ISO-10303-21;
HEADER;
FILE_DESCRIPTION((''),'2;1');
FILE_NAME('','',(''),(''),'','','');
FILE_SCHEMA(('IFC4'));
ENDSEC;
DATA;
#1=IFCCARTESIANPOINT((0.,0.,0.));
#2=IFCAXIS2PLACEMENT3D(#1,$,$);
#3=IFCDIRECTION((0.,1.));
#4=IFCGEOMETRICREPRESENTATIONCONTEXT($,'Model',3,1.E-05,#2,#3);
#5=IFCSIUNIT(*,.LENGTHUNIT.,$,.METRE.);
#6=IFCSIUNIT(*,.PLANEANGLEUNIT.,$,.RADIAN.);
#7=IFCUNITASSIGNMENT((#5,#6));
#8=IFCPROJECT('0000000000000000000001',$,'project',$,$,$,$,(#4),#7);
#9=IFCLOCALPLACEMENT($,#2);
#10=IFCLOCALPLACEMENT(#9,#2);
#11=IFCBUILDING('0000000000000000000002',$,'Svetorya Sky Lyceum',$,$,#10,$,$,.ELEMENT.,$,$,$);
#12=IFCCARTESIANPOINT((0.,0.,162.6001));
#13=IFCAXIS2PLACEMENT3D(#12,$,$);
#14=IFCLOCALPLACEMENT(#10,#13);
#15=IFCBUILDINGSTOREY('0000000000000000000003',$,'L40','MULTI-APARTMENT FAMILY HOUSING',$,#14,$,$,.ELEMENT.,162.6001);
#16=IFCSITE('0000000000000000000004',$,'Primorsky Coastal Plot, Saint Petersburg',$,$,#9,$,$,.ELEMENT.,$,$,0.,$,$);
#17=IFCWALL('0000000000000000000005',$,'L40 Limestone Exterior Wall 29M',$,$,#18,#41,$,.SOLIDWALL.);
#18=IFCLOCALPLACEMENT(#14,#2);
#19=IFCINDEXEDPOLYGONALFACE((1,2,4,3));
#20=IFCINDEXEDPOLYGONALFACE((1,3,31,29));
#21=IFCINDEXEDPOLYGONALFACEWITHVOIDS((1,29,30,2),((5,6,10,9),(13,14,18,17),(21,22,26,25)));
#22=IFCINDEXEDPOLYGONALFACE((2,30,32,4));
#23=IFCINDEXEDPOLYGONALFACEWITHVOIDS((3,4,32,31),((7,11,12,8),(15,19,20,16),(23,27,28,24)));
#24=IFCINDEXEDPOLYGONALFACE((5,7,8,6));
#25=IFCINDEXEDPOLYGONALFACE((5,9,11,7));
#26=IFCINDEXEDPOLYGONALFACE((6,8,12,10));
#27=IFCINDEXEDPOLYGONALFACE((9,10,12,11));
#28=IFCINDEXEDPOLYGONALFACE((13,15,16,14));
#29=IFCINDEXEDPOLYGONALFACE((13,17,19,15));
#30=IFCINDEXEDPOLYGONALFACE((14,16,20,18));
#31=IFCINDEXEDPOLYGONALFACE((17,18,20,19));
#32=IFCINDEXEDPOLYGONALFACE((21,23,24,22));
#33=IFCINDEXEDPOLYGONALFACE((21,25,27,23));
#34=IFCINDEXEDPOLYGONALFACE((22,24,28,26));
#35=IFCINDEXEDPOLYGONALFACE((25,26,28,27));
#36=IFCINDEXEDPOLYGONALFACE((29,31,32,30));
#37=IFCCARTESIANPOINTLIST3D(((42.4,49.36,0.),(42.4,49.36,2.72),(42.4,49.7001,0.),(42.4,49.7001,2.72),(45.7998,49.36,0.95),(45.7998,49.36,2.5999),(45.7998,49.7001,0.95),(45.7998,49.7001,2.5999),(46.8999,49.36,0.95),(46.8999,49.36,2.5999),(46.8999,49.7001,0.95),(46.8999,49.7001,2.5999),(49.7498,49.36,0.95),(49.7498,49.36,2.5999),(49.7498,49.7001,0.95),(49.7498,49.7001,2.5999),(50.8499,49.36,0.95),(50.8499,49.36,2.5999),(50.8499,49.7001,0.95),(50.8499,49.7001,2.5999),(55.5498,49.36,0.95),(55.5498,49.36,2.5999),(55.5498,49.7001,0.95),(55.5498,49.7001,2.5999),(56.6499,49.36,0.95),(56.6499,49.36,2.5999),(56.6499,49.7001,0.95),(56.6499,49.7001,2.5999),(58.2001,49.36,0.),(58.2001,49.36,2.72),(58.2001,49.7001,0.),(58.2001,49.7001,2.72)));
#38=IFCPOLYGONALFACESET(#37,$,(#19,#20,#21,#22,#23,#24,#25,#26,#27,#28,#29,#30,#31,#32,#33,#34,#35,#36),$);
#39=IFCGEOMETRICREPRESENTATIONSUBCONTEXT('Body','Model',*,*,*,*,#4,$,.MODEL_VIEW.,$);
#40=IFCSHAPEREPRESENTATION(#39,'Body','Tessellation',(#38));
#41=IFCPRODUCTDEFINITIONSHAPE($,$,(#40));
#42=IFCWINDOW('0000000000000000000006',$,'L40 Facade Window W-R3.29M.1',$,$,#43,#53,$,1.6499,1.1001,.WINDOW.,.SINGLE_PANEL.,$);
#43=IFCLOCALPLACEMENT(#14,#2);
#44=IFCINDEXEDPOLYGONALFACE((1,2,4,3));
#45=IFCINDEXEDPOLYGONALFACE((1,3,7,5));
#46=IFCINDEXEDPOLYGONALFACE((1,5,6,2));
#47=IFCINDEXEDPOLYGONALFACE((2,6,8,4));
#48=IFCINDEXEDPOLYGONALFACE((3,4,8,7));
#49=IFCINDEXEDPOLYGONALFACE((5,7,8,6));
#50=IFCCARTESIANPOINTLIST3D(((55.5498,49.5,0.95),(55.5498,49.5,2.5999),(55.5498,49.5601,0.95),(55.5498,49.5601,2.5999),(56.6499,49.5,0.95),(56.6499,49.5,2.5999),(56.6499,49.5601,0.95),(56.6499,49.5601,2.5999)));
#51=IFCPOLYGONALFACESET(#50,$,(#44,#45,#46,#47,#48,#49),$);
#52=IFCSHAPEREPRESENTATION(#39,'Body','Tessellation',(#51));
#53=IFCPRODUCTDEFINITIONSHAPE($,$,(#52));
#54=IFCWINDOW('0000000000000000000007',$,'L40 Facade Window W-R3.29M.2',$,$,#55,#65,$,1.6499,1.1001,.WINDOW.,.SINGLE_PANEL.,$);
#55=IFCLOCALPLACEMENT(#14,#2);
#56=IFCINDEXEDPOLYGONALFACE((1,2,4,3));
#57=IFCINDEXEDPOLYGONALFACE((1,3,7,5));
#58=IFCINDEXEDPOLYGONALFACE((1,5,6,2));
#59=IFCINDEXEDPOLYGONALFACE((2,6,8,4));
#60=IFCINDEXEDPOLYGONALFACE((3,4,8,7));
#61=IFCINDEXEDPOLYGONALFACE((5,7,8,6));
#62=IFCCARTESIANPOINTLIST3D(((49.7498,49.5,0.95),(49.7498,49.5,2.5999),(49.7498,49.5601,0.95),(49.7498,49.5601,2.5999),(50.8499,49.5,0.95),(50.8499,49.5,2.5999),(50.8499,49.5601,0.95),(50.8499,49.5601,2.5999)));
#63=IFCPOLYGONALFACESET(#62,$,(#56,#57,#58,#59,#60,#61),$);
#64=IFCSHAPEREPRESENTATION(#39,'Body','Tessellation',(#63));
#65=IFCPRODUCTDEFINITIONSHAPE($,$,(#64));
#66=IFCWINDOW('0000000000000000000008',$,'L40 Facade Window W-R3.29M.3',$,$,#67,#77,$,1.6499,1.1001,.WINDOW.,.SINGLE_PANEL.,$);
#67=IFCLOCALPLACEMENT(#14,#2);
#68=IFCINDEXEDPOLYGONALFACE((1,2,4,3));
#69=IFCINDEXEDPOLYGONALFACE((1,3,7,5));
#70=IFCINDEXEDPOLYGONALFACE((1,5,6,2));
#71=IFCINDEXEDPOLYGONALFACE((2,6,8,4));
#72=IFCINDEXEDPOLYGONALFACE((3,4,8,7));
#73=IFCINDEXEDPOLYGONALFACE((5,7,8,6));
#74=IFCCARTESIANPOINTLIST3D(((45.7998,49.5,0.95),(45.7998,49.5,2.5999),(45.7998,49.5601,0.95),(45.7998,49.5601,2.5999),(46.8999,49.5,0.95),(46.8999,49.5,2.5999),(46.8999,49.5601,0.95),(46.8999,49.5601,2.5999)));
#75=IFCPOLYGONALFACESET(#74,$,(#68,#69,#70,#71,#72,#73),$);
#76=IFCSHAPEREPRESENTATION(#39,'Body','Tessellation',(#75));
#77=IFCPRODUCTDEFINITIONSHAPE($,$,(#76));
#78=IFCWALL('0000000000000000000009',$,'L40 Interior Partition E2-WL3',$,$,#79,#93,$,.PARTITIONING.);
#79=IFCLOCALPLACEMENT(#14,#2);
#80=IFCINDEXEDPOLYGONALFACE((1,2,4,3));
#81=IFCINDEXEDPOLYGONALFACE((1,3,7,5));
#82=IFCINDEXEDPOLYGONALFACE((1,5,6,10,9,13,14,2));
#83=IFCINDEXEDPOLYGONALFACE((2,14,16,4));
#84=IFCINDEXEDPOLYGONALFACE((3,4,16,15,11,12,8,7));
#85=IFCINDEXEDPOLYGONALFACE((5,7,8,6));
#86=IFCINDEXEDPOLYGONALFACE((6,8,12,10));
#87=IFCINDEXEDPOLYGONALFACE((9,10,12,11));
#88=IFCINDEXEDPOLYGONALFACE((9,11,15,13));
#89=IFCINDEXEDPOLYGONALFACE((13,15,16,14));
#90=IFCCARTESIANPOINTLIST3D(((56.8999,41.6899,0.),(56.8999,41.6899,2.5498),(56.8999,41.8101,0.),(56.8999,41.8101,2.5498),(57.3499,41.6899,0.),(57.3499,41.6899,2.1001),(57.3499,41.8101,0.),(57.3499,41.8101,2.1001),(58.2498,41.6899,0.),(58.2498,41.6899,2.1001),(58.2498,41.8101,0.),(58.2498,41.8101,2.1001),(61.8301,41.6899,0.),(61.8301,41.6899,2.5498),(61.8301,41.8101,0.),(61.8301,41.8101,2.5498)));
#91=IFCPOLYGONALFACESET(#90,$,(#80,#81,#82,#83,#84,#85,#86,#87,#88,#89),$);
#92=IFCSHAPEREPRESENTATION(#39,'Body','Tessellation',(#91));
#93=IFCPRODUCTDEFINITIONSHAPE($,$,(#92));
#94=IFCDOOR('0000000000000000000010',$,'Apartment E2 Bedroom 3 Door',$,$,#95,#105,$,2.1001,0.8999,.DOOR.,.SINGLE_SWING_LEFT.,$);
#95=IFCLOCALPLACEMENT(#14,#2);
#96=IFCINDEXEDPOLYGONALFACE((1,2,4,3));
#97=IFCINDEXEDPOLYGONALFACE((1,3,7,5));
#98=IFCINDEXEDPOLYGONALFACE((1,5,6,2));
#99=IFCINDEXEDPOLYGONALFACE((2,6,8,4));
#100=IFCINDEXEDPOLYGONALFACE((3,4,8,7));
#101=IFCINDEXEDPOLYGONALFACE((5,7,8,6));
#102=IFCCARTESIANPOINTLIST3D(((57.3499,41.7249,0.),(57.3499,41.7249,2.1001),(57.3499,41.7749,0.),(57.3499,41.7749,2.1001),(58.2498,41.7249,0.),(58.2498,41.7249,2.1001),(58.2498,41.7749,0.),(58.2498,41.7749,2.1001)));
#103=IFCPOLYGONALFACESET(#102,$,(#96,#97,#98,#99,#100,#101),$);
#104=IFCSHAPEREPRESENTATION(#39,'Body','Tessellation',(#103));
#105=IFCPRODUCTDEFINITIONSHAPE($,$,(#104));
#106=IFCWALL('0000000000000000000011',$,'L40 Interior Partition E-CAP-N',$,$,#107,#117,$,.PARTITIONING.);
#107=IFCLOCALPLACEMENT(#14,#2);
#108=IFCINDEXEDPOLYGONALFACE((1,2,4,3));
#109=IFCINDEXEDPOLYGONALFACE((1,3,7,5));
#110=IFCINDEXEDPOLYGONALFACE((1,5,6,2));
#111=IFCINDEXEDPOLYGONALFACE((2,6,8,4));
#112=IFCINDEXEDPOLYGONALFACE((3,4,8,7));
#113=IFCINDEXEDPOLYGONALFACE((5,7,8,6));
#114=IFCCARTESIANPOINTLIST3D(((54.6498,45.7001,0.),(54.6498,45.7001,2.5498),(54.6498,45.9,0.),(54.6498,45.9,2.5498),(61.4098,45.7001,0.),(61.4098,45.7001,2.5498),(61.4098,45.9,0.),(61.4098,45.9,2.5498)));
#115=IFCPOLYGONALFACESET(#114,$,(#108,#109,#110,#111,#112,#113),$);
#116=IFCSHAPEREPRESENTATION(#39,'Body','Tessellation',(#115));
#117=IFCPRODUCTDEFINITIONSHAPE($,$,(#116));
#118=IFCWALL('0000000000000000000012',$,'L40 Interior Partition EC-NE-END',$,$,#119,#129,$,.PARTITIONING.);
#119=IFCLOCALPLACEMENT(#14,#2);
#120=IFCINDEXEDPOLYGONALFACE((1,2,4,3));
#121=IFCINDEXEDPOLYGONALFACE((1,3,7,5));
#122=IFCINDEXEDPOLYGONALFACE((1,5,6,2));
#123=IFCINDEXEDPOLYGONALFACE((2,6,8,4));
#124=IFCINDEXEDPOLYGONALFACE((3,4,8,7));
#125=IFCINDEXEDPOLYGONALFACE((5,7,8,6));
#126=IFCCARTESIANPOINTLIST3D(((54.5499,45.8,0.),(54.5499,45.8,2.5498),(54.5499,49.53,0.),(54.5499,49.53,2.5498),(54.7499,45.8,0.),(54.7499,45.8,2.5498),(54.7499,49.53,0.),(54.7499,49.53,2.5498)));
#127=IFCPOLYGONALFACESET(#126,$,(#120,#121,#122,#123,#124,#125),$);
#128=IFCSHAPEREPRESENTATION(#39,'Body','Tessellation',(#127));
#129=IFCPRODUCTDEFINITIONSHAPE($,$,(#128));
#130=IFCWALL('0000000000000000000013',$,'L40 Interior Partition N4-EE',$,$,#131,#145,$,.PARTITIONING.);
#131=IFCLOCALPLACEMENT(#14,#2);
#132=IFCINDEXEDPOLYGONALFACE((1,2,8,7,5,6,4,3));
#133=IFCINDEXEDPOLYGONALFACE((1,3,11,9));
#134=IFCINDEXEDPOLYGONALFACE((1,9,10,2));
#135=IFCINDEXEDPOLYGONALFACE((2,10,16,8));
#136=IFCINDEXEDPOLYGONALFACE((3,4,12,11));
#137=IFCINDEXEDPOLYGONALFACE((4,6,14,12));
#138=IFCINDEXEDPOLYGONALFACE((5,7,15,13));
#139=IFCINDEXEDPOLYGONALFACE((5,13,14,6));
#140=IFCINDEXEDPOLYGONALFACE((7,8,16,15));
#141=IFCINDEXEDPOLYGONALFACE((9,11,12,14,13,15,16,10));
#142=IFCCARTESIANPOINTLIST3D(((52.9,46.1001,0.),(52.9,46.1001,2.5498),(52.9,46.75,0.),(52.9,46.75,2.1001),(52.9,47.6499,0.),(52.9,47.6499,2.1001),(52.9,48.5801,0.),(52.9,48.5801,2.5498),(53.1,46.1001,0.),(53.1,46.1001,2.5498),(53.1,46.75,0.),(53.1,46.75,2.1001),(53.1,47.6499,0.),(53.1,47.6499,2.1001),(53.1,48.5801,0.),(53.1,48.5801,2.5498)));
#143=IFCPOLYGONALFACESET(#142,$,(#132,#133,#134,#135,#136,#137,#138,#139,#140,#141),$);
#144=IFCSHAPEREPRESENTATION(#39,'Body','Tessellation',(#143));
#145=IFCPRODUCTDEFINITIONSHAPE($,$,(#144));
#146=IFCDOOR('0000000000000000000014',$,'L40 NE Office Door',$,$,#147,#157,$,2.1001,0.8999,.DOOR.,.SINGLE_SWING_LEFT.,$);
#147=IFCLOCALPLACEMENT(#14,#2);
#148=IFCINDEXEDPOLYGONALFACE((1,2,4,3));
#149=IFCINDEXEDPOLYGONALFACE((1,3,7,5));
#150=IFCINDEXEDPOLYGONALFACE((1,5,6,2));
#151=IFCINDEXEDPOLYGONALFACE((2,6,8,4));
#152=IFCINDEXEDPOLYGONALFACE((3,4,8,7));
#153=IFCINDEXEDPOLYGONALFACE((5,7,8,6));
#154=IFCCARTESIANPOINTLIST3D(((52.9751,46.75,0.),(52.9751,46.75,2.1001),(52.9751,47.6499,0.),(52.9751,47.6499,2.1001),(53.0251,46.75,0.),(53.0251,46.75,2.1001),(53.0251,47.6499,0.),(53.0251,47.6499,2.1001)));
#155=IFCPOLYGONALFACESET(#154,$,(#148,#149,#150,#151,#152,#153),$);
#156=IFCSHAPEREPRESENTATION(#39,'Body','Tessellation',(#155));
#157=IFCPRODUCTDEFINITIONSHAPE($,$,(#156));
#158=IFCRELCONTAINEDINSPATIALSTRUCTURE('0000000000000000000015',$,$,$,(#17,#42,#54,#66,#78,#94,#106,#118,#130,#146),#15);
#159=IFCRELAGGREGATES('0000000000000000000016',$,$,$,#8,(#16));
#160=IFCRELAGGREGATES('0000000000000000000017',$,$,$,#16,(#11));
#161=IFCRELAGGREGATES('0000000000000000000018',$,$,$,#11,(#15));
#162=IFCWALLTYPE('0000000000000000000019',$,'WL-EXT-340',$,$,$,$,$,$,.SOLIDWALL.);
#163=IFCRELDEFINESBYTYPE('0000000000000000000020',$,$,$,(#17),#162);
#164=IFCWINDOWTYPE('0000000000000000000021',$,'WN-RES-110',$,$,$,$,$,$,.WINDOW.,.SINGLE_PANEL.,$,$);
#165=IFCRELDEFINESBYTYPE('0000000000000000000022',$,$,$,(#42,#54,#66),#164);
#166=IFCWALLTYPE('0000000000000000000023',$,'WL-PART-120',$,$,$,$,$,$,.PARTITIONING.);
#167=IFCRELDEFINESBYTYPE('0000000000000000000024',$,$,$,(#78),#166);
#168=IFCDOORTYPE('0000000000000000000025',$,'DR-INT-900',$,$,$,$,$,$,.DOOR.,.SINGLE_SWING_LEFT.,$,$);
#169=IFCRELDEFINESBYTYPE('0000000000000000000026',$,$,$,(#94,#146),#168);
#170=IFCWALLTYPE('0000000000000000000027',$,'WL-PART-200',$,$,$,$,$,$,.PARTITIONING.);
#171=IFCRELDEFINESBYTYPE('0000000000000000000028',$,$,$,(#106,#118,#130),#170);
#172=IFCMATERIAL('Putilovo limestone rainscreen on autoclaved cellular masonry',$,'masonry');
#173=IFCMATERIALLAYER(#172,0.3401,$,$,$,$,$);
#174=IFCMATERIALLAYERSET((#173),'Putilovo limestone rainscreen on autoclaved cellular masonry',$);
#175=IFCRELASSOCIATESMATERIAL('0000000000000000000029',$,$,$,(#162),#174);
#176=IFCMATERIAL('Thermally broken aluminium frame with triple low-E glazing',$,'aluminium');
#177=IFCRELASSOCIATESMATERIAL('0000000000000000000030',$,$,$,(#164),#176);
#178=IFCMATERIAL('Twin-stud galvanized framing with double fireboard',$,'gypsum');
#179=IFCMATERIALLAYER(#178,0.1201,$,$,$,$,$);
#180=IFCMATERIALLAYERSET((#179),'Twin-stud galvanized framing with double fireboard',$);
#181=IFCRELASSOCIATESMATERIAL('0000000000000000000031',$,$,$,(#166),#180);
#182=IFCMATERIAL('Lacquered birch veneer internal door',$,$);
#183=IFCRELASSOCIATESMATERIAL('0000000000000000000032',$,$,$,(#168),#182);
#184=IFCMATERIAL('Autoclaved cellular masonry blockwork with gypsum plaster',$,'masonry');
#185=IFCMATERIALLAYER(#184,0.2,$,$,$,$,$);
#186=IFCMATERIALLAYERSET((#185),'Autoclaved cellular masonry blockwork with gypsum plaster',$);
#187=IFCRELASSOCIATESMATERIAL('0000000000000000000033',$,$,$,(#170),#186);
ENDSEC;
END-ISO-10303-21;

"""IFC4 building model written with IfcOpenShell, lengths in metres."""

from ifc_helpers import new_model, si_unit, direction, frame, frame_2d, origin, place, context, subcontext, project, spatial, rectangle, extrude, material, layer, layer_set, type_object, element, fill, save


model = new_model("IFC4")

# Units and contexts
model_context = context("Model", 3, precision=1e-05, world=origin(), true_north=direction((0.0, 1.0)))
body_context = subcontext(model_context, "Body", "Model", "MODEL_VIEW")
ifc_project = project(units=[si_unit("LENGTHUNIT", "METRE"), si_unit("PLANEANGLEUNIT", "RADIAN")], contexts=[model_context])

# Site, building, storey
site_placement = place(None, origin())
site = spatial("IfcSite", under=ifc_project, at=site_placement, Name="Primorsky Coastal Plot, Saint Petersburg", CompositionType="ELEMENT", RefElevation=0.0)
building_placement = place(site_placement, origin())
building = spatial("IfcBuilding", under=site, at=building_placement, Name="Svetorya Sky Lyceum", CompositionType="ELEMENT")
storey_placement = place(building_placement, frame((0.0, 0.0, 162.6001)))
storey = spatial("IfcBuildingStorey", under=building, at=storey_placement, Name="L40", Description="MULTI-APARTMENT FAMILY HOUSING", CompositionType="ELEMENT", Elevation=162.6001)

# Shared definitions
ifc_material_1 = material(Name="Putilovo limestone rainscreen on autoclaved cellular masonry", Category="masonry")
ifc_layer_1 = layer(ifc_material_1, 0.3401)
ifc_layer_set_1 = layer_set([ifc_layer_1], Name="Putilovo limestone rainscreen on autoclaved cellular masonry")
wall_type_1 = type_object("IfcWallType", Name="WL-EXT-340", PredefinedType="SOLIDWALL", material=ifc_layer_set_1)

# Wall, openings, windows
wall_1_placement = place(storey_placement, frame((58.2, 49.53, 0.0), z_axis=(0.0, 0.0, 1.0), x_axis=(-1.0, 0.0, 0.0)))
wall_1 = element("IfcWall", 1, at=wall_1_placement, inside=storey, type_object=wall_type_1, Name="L40 Limestone Exterior Wall 29M", PredefinedType="SOLIDWALL", context=body_context, shape_type="SweptSolid", body=[
    extrude(rectangle(XDim=15.8, YDim=0.3401, at=frame_2d((7.8999, 0.0))), origin(), (0.0, 0.0, 1.0), 2.72),
])
opening_1_placement = place(wall_1_placement, frame((1.55, 0.0, 0.95)))
opening_1 = element("IfcOpeningElement", 2, at=opening_1_placement, cuts=wall_1, PredefinedType="OPENING", context=body_context, shape_type="SweptSolid", body=[
    extrude(rectangle(XDim=1.1001, YDim=1.6499, at=frame_2d((0.55, 0.825))), frame((0.0, 0.1799, 0.0), z_axis=(0.0, -1.0, 0.0), x_axis=(1.0, 0.0, 0.0)), (0.0, 0.0, 1.0), 0.3601),
])
opening_2_placement = place(wall_1_placement, frame((7.3501, 0.0, 0.95)))
opening_2 = element("IfcOpeningElement", 3, at=opening_2_placement, cuts=wall_1, PredefinedType="OPENING", context=body_context, shape_type="SweptSolid", body=[
    extrude(rectangle(XDim=1.1001, YDim=1.6499, at=frame_2d((0.55, 0.825))), frame((0.0, 0.1799, 0.0), z_axis=(0.0, -1.0, 0.0), x_axis=(1.0, 0.0, 0.0)), (0.0, 0.0, 1.0), 0.3601),
])
opening_3_placement = place(wall_1_placement, frame((11.3, 0.0, 0.95)))
opening_3 = element("IfcOpeningElement", 4, at=opening_3_placement, cuts=wall_1, PredefinedType="OPENING", context=body_context, shape_type="SweptSolid", body=[
    extrude(rectangle(XDim=1.1001, YDim=1.6499, at=frame_2d((0.55, 0.825))), frame((0.0, 0.1799, 0.0), z_axis=(0.0, -1.0, 0.0), x_axis=(1.0, 0.0, 0.0)), (0.0, 0.0, 1.0), 0.3601),
])
ifc_material_2 = material(Name="Thermally broken aluminium frame with triple low-E glazing", Category="aluminium")
window_type = type_object("IfcWindowType", Name="WN-RES-110", PartitioningType="SINGLE_PANEL", PredefinedType="WINDOW", material=ifc_material_2)
window_1_placement = place(opening_1_placement, origin())
window_1 = element("IfcWindow", 5, at=window_1_placement, inside=storey, type_object=window_type, Name="L40 Facade Window W-R3.29M.1", OverallHeight=1.6499, OverallWidth=1.1001, PartitioningType="SINGLE_PANEL", PredefinedType="WINDOW", context=body_context, shape_type="SweptSolid", body=[
    extrude(rectangle(XDim=1.1001, YDim=1.6499, at=frame_2d((0.55, 0.825))), frame((0.0, 0.03, 0.0), z_axis=(0.0, -1.0, 0.0), x_axis=(1.0, 0.0, 0.0)), (0.0, 0.0, 1.0), 0.0601),
])
fill(opening_1, window_1)
window_2_placement = place(opening_2_placement, origin())
window_2 = element("IfcWindow", 6, at=window_2_placement, inside=storey, type_object=window_type, Name="L40 Facade Window W-R3.29M.2", OverallHeight=1.6499, OverallWidth=1.1001, PartitioningType="SINGLE_PANEL", PredefinedType="WINDOW", context=body_context, shape_type="SweptSolid", body=[
    extrude(rectangle(XDim=1.1001, YDim=1.6499, at=frame_2d((0.55, 0.825))), frame((0.0, 0.03, 0.0), z_axis=(0.0, -1.0, 0.0), x_axis=(1.0, 0.0, 0.0)), (0.0, 0.0, 1.0), 0.0601),
])
fill(opening_2, window_2)
window_3_placement = place(opening_3_placement, origin())
window_3 = element("IfcWindow", 7, at=window_3_placement, inside=storey, type_object=window_type, Name="L40 Facade Window W-R3.29M.3", OverallHeight=1.6499, OverallWidth=1.1001, PartitioningType="SINGLE_PANEL", PredefinedType="WINDOW", context=body_context, shape_type="SweptSolid", body=[
    extrude(rectangle(XDim=1.1001, YDim=1.6499, at=frame_2d((0.55, 0.825))), frame((0.0, 0.03, 0.0), z_axis=(0.0, -1.0, 0.0), x_axis=(1.0, 0.0, 0.0)), (0.0, 0.0, 1.0), 0.0601),
])
fill(opening_3, window_3)

# Wall, opening, door
ifc_material_3 = material(Name="Twin-stud galvanized framing with double fireboard", Category="gypsum")
ifc_layer_2 = layer(ifc_material_3, 0.1201)
ifc_layer_set_2 = layer_set([ifc_layer_2], Name="Twin-stud galvanized framing with double fireboard")
wall_type_2 = type_object("IfcWallType", Name="WL-PART-120", PredefinedType="PARTITIONING", material=ifc_layer_set_2)
wall_2_placement = place(storey_placement, frame((56.8999, 41.75, 0.0), z_axis=(0.0, 0.0, 1.0), x_axis=(1.0, 0.0, 0.0)))
wall_2 = element("IfcWall", 8, at=wall_2_placement, inside=storey, type_object=wall_type_2, Name="L40 Interior Partition E2-WL3", PredefinedType="PARTITIONING", context=body_context, shape_type="SweptSolid", body=[
    extrude(rectangle(XDim=4.9302, YDim=0.1201, at=frame_2d((2.4651, 0.0))), origin(), (0.0, 0.0, 1.0), 2.5498),
])
opening_4_placement = place(wall_2_placement, frame((0.45, 0.0, 0.0)))
opening_4 = element("IfcOpeningElement", 9, at=opening_4_placement, cuts=wall_2, PredefinedType="OPENING", context=body_context, shape_type="SweptSolid", body=[
    extrude(rectangle(XDim=0.8999, YDim=2.1001, at=frame_2d((0.45, 1.05))), frame((0.0, 0.0701, 0.0), z_axis=(0.0, -1.0, 0.0), x_axis=(1.0, 0.0, 0.0)), (0.0, 0.0, 1.0), 0.1401),
])
ifc_material_4 = material(Name="Lacquered birch veneer internal door")
door_type = type_object("IfcDoorType", Name="DR-INT-900", OperationType="SINGLE_SWING_LEFT", PredefinedType="DOOR", material=ifc_material_4)
door_1_placement = place(opening_4_placement, origin())
door_1 = element("IfcDoor", 10, at=door_1_placement, inside=storey, type_object=door_type, Name="Apartment E2 Bedroom 3 Door", OperationType="SINGLE_SWING_LEFT", OverallHeight=2.1001, OverallWidth=0.8999, PredefinedType="DOOR", context=body_context, shape_type="SweptSolid", body=[
    extrude(rectangle(XDim=0.8999, YDim=2.1001, at=frame_2d((0.45, 1.05))), frame((0.0, 0.0249, 0.0), z_axis=(0.0, -1.0, 0.0), x_axis=(1.0, 0.0, 0.0)), (0.0, 0.0, 1.0), 0.05),
])
fill(opening_4, door_1)

# Walls
ifc_material_5 = material(Name="Autoclaved cellular masonry blockwork with gypsum plaster", Category="masonry")
ifc_layer_3 = layer(ifc_material_5, 0.2)
ifc_layer_set_3 = layer_set([ifc_layer_3], Name="Autoclaved cellular masonry blockwork with gypsum plaster")
wall_type_3 = type_object("IfcWallType", Name="WL-PART-200", PredefinedType="PARTITIONING", material=ifc_layer_set_3)
wall_3_placement = place(storey_placement, frame((54.6499, 45.8, 0.0), z_axis=(0.0, 0.0, 1.0), x_axis=(1.0, 0.0, 0.0)))
element("IfcWall", 11, at=wall_3_placement, inside=storey, type_object=wall_type_3, Name="L40 Interior Partition E-CAP-N", PredefinedType="PARTITIONING", context=body_context, shape_type="SweptSolid", body=[
    extrude(rectangle(XDim=6.76, YDim=0.2, at=frame_2d((3.3799, 0.0))), origin(), (0.0, 0.0, 1.0), 2.5498),
])
wall_4_placement = place(storey_placement, frame((54.6499, 45.8, 0.0), z_axis=(0.0, 0.0, 1.0), x_axis=(0.0, 1.0, 0.0)))
element("IfcWall", 12, at=wall_4_placement, inside=storey, type_object=wall_type_3, Name="L40 Interior Partition EC-NE-END", PredefinedType="PARTITIONING", context=body_context, shape_type="SweptSolid", body=[
    extrude(rectangle(XDim=3.73, YDim=0.2, at=frame_2d((1.865, 0.0))), origin(), (0.0, 0.0, 1.0), 2.5498),
])

# Wall, opening, door
wall_5_placement = place(storey_placement, frame((53.0, 46.1001, 0.0), z_axis=(0.0, 0.0, 1.0), x_axis=(0.0, 1.0, 0.0)))
wall_5 = element("IfcWall", 13, at=wall_5_placement, inside=storey, type_object=wall_type_3, Name="L40 Interior Partition N4-EE", PredefinedType="PARTITIONING", context=body_context, shape_type="SweptSolid", body=[
    extrude(rectangle(XDim=2.48, YDim=0.2, at=frame_2d((1.24, 0.0))), origin(), (0.0, 0.0, 1.0), 2.5498),
])
opening_5_placement = place(wall_5_placement, frame((0.6499, 0.0, 0.0)))
opening_5 = element("IfcOpeningElement", 14, at=opening_5_placement, cuts=wall_5, PredefinedType="OPENING", context=body_context, shape_type="SweptSolid", body=[
    extrude(rectangle(XDim=0.8999, YDim=2.1001, at=frame_2d((0.45, 1.05))), frame((0.0, 0.1099, 0.0), z_axis=(0.0, -1.0, 0.0), x_axis=(1.0, 0.0, 0.0)), (0.0, 0.0, 1.0), 0.22),
])
door_2_placement = place(opening_5_placement, origin())
door_2 = element("IfcDoor", 15, at=door_2_placement, inside=storey, type_object=door_type, Name="L40 NE Office Door", OperationType="SINGLE_SWING_LEFT", OverallHeight=2.1001, OverallWidth=0.8999, PredefinedType="DOOR", context=body_context, shape_type="SweptSolid", body=[
    extrude(rectangle(XDim=0.8999, YDim=2.1001, at=frame_2d((0.45, 1.05))), frame((0.0, 0.0249, 0.0), z_axis=(0.0, -1.0, 0.0), x_axis=(1.0, 0.0, 0.0)), (0.0, 0.0, 1.0), 0.05),
])
fill(opening_5, door_2)

save(model, "model.ifc")
